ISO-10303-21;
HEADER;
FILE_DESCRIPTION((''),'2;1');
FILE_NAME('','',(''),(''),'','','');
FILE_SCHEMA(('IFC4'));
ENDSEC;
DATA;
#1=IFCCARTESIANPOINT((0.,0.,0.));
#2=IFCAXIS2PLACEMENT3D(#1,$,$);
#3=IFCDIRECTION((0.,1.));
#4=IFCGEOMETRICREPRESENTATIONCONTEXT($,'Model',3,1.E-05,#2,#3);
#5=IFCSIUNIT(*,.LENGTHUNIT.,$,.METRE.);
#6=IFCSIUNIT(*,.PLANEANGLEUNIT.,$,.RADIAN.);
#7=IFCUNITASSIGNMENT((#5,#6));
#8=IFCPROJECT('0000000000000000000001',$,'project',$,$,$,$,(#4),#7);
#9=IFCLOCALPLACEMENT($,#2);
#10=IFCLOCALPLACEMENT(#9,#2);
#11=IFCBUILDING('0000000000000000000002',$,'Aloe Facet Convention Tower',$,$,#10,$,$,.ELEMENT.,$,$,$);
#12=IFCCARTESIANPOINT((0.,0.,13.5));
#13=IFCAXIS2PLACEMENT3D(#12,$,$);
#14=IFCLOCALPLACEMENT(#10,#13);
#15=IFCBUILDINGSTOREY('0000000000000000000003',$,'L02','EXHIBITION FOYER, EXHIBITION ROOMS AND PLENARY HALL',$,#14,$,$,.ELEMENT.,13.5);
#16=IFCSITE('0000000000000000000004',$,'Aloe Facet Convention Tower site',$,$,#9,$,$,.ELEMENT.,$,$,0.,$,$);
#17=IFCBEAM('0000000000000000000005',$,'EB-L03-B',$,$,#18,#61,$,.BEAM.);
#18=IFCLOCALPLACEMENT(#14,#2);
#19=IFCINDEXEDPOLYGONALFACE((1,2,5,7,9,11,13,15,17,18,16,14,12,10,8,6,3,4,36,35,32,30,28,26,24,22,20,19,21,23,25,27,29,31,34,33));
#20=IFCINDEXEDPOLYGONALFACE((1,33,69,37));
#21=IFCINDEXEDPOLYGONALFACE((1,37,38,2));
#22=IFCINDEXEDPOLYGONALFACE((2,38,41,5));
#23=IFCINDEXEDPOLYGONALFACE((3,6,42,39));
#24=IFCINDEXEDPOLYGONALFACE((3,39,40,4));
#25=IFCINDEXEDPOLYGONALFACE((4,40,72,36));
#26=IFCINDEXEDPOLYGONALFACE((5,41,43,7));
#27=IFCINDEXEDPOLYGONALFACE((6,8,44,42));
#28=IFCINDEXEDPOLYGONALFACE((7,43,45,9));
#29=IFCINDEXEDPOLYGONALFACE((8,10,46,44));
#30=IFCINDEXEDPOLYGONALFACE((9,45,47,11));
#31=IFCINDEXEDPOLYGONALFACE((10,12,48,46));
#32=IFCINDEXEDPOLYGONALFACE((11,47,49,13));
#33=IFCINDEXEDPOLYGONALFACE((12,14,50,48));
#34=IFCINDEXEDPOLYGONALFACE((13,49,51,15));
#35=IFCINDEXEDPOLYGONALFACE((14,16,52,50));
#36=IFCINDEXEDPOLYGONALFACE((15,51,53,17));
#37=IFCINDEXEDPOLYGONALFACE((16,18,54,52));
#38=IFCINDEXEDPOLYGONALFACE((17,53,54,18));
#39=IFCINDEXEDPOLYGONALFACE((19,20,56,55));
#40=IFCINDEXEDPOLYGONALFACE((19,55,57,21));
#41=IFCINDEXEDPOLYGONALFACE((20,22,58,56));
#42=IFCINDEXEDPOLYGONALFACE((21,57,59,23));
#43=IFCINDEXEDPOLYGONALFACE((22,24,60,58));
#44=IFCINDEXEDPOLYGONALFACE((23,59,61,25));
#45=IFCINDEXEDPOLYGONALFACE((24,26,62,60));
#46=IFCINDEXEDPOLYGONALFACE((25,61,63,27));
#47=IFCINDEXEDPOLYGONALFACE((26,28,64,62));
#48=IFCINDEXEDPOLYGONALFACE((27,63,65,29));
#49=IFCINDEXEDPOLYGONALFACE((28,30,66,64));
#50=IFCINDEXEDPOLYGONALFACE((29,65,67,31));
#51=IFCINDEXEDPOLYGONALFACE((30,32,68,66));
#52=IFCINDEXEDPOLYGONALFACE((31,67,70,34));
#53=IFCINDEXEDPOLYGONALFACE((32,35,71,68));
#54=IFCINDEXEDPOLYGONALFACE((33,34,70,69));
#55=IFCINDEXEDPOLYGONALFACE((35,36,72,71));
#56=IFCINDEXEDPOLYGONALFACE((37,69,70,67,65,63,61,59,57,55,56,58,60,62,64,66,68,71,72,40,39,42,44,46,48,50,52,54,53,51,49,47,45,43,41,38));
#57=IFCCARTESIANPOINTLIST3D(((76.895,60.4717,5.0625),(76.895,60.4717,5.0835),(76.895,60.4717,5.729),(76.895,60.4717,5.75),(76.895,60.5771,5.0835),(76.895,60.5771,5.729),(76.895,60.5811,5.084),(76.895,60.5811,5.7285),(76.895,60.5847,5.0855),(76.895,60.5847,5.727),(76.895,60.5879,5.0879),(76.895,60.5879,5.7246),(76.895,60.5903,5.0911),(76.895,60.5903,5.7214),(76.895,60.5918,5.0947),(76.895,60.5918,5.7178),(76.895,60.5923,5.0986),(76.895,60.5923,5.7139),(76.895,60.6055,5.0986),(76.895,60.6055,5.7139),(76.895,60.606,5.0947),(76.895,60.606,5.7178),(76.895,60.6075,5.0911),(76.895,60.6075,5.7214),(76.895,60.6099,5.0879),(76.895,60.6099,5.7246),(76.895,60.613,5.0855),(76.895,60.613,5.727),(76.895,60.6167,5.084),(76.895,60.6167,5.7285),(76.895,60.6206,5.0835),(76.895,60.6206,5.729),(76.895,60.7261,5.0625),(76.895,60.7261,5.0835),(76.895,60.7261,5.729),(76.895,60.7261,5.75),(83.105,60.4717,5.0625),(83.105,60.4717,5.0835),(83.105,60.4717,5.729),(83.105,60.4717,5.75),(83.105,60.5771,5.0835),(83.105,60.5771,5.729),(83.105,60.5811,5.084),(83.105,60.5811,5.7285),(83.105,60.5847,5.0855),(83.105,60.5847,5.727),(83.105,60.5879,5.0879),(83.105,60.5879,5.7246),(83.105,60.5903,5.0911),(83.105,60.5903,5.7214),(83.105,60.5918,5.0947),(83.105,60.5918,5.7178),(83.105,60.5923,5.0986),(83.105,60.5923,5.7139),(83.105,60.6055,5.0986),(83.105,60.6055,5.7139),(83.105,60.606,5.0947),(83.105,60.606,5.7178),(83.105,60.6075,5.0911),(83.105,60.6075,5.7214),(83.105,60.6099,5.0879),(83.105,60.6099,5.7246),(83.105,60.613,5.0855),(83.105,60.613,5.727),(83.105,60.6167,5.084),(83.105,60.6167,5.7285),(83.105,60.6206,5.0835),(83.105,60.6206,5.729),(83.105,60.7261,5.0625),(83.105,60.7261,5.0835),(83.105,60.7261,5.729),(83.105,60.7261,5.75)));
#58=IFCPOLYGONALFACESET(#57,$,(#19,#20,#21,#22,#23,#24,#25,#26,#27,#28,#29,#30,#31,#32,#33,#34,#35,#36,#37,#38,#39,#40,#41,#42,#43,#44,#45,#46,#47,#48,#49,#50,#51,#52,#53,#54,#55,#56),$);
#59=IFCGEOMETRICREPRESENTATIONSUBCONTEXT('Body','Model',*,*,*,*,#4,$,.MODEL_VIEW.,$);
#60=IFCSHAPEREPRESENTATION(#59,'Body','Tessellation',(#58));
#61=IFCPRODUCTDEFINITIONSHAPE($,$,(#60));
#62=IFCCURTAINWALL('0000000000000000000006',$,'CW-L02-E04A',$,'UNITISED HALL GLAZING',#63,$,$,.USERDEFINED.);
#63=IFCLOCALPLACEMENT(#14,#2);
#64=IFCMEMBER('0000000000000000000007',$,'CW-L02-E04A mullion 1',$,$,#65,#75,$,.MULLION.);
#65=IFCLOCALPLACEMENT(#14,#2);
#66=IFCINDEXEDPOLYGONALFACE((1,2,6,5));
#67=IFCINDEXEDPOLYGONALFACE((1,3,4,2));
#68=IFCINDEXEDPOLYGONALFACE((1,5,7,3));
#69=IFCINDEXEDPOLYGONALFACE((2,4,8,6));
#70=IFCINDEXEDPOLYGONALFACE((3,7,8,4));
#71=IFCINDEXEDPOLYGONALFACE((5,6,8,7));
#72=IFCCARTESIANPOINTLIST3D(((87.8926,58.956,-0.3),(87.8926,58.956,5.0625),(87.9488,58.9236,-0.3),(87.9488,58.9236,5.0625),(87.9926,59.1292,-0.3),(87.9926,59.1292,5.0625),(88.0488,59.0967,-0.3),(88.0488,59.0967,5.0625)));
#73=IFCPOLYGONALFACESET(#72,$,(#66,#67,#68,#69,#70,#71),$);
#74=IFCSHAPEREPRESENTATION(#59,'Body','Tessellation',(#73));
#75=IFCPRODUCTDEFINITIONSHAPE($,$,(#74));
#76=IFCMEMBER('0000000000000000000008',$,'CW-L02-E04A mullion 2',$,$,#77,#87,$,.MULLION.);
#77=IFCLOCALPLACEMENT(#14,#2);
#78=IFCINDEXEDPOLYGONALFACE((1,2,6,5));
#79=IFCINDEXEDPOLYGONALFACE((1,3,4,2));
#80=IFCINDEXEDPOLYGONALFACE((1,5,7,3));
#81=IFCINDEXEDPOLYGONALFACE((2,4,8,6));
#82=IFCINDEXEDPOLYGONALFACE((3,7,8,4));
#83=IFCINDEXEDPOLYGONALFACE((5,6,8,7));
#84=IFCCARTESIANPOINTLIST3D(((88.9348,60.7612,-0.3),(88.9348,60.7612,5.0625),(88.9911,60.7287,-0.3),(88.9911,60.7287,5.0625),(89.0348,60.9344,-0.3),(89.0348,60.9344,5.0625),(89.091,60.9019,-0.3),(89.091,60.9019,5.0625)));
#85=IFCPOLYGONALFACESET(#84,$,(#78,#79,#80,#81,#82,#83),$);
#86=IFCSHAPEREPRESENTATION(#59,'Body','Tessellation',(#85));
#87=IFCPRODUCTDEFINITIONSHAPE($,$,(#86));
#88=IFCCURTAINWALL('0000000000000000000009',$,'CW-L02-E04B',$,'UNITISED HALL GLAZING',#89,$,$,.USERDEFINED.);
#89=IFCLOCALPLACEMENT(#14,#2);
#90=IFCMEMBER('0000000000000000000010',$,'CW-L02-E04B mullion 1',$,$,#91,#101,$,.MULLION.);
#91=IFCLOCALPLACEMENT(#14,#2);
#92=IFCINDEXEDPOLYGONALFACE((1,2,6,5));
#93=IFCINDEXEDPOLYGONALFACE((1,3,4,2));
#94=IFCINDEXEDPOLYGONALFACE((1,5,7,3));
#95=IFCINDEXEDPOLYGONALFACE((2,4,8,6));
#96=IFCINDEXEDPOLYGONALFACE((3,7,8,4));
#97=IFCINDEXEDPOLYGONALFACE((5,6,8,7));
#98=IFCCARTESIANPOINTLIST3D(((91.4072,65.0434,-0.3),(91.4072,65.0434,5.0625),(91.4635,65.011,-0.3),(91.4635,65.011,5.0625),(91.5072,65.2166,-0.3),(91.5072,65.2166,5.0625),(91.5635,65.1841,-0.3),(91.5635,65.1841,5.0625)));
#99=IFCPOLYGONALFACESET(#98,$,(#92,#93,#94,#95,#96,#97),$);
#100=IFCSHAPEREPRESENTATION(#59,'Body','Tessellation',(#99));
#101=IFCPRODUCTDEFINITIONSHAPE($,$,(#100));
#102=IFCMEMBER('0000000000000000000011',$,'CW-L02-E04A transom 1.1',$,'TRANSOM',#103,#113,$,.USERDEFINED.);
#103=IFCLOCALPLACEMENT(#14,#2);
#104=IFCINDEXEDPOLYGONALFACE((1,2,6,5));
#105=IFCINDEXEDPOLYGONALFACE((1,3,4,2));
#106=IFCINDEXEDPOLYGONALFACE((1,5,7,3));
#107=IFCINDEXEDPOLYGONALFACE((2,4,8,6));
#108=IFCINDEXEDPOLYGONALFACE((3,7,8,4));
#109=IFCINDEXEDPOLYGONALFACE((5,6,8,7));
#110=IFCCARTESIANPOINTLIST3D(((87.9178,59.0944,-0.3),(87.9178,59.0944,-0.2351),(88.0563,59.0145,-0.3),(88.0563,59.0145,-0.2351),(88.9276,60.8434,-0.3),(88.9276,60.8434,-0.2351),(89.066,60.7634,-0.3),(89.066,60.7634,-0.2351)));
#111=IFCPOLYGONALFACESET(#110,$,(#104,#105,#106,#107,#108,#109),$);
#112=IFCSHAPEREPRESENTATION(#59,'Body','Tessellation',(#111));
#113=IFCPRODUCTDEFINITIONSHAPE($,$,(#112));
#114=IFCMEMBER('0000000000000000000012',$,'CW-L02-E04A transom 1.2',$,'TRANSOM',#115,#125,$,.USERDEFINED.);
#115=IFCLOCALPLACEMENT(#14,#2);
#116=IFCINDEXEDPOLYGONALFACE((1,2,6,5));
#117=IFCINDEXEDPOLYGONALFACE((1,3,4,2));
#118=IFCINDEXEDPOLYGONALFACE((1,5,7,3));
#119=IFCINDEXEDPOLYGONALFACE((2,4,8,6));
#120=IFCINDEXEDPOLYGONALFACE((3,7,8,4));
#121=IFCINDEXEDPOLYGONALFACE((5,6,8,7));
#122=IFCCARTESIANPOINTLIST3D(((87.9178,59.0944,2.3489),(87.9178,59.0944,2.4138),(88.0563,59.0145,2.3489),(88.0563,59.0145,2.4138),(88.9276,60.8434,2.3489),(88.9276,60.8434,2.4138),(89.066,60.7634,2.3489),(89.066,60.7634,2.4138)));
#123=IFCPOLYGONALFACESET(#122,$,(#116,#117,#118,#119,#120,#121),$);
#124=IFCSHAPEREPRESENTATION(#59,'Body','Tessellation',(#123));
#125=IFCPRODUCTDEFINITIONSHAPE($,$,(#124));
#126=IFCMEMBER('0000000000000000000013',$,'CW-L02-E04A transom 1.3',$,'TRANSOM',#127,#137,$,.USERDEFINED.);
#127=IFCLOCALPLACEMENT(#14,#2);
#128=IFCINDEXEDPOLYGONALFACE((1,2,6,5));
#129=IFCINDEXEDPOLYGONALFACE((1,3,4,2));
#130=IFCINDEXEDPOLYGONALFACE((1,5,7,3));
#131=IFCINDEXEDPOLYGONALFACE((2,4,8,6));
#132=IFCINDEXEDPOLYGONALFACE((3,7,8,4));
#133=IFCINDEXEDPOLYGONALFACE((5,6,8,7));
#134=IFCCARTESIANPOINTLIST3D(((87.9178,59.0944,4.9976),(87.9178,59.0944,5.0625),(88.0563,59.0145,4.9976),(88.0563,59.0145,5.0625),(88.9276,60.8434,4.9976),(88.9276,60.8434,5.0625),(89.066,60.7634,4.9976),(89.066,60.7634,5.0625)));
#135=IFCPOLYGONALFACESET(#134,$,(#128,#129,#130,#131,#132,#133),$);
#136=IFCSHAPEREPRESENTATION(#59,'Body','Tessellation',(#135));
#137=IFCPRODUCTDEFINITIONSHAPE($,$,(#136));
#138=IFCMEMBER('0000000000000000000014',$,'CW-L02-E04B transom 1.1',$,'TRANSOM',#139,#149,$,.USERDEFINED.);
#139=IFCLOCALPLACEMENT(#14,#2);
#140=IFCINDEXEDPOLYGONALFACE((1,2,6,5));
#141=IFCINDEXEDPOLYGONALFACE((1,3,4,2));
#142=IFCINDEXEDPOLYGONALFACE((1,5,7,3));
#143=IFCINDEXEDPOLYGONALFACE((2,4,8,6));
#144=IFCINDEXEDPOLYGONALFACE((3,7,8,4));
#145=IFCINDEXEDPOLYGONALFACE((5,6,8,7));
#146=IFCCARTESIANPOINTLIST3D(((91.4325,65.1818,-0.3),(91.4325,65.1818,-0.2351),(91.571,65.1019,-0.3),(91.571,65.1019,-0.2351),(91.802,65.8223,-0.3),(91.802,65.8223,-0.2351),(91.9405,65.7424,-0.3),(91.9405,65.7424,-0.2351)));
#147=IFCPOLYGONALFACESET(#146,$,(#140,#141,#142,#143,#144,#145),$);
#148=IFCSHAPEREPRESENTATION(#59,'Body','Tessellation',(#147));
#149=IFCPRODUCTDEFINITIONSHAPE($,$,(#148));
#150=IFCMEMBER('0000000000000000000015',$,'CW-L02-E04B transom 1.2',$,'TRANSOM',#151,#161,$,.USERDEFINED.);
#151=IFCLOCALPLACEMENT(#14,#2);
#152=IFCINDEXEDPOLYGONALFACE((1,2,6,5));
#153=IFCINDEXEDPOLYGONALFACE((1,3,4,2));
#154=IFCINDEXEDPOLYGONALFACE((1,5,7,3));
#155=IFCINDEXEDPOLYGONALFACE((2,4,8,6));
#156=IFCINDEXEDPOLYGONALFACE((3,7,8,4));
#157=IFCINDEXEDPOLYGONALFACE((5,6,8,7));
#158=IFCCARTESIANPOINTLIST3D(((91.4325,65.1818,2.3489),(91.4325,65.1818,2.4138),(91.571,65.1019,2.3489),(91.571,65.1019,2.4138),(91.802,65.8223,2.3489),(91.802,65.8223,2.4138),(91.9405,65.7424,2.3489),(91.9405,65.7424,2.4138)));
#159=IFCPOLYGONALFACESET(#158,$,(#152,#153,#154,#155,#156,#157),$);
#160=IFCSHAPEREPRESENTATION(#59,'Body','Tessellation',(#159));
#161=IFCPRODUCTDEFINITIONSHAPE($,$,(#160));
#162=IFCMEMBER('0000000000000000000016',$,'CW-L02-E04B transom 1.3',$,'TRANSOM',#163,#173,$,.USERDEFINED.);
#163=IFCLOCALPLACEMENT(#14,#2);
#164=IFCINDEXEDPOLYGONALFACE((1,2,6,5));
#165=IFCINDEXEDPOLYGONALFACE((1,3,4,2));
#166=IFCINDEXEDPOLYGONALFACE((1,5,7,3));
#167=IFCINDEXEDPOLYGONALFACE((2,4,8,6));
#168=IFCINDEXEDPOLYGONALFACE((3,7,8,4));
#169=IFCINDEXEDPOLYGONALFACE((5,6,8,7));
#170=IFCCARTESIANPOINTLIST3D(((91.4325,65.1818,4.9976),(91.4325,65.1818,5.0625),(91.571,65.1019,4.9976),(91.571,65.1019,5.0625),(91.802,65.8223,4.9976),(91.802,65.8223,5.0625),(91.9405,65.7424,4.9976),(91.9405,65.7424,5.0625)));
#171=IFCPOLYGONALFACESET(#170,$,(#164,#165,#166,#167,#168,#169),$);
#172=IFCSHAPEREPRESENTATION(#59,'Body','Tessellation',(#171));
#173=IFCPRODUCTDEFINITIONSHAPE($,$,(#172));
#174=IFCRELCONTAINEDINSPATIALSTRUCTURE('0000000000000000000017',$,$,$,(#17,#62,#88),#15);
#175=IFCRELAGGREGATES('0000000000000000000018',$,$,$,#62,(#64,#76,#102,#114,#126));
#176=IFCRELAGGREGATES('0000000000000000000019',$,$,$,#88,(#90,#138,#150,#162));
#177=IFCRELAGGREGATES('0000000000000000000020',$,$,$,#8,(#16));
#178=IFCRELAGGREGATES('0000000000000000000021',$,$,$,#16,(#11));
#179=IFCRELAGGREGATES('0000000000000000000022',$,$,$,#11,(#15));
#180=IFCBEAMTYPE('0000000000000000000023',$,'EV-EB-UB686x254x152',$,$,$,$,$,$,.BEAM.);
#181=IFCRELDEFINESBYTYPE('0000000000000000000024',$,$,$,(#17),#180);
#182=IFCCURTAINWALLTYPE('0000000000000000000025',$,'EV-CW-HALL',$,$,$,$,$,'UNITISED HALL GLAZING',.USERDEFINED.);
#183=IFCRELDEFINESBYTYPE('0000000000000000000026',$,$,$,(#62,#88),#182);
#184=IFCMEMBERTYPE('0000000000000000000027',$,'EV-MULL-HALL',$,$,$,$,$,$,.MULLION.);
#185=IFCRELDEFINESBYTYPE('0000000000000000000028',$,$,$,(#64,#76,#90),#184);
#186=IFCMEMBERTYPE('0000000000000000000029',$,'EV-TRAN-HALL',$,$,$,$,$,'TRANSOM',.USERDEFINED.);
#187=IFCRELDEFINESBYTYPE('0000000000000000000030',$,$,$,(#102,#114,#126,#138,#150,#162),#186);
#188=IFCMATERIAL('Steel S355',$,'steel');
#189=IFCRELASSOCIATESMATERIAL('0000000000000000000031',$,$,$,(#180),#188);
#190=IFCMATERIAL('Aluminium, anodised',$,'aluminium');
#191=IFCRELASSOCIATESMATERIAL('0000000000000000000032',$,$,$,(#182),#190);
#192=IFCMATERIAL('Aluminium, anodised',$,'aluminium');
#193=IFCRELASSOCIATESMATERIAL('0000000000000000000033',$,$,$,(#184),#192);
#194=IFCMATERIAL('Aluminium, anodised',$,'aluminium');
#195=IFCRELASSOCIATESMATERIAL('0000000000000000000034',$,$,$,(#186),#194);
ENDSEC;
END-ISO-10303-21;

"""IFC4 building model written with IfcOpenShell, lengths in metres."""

from ifc_helpers import new_model, si_unit, direction, frame, origin, origin_2d, place, context, subcontext, project, spatial, rectangle, i_section, extrude, material, material_profile, profile_set, type_object, element, aggregate, save


model = new_model("IFC4")

# Units and contexts
model_context = context("Model", 3, precision=1e-05, world=origin(), true_north=direction((0.0, 1.0)))
body_context = subcontext(model_context, "Body", "Model", "MODEL_VIEW")
ifc_project = project(units=[si_unit("LENGTHUNIT", "METRE"), si_unit("PLANEANGLEUNIT", "RADIAN")], contexts=[model_context])

# Site, building, storey
site_placement = place(None, origin())
site = spatial("IfcSite", under=ifc_project, at=site_placement, Name="Aloe Facet Convention Tower site", CompositionType="ELEMENT", RefElevation=0.0)
building_placement = place(site_placement, origin())
building = spatial("IfcBuilding", under=site, at=building_placement, Name="Aloe Facet Convention Tower", CompositionType="ELEMENT")
storey_placement = place(building_placement, frame((0.0, 0.0, 13.5)))
storey = spatial("IfcBuildingStorey", under=building, at=storey_placement, Name="L02", Description="EXHIBITION FOYER, EXHIBITION ROOMS AND PLENARY HALL", CompositionType="ELEMENT", Elevation=13.5)

# Beam
ifc_material_1 = material(Name="Steel S355", Category="steel")
ifc_material_profile_1 = material_profile(ifc_material_1, i_section(OverallWidth=0.2544, OverallDepth=0.6875, WebThickness=0.0132, FlangeThickness=0.021, FilletRadius=0.0151, at=origin_2d()), Name="UB 686x254x152")
ifc_profile_set_1 = profile_set([ifc_material_profile_1], Name="Steel S355")
beam_type_1 = type_object("IfcBeamType", Name="EV-EB-UB686x254x152", PredefinedType="BEAM", material=ifc_profile_set_1)
beam_1_placement = place(storey_placement, frame((76.895, 60.5989, 5.4062), z_axis=(1.0, 0.0, 0.0), x_axis=(0.0, 1.0, 0.0)))
element("IfcBeam", 1, at=beam_1_placement, inside=storey, type_object=beam_type_1, Name="EB-L03-B", PredefinedType="BEAM", context=body_context, shape_type="SweptSolid", body=[
    extrude(i_section(OverallWidth=0.2544, OverallDepth=0.6875, WebThickness=0.0132, FlangeThickness=0.021, FilletRadius=0.0151, at=origin_2d()), origin(), (0.0, 0.0, 1.0), 6.21),
])

# Curtain wall, members
ifc_material_2 = material(Name="Aluminium, anodised", Category="aluminium")
curtain_wall_type = type_object("IfcCurtainWallType", Name="EV-CW-HALL", ElementType="UNITISED HALL GLAZING", PredefinedType="USERDEFINED", material=ifc_material_2)
curtain_wall_1_placement = place(storey_placement, origin())
curtain_wall_1 = element("IfcCurtainWall", 2, at=curtain_wall_1_placement, inside=storey, type_object=curtain_wall_type, Name="CW-L02-E04A", ObjectType="UNITISED HALL GLAZING", PredefinedType="USERDEFINED")
ifc_material_3 = material(Name="Aluminium, anodised", Category="aluminium")
ifc_material_profile_2 = material_profile(ifc_material_3, rectangle(XDim=0.0649, YDim=0.2, at=origin_2d()), Name="AL 65x200")
ifc_profile_set_2 = profile_set([ifc_material_profile_2], Name="Aluminium, anodised")
member_type_1 = type_object("IfcMemberType", Name="EV-MULL-HALL", PredefinedType="MULLION", material=ifc_profile_set_2)
member_1_placement = place(storey_placement, frame((87.9707, 59.0264, -0.3), z_axis=(0.0, 0.0, 1.0), x_axis=(-0.866025, 0.5, 0.0)))
member_1 = element("IfcMember", 3, at=member_1_placement, type_object=member_type_1, Name="CW-L02-E04A mullion 1", PredefinedType="MULLION", context=body_context, shape_type="SweptSolid", body=[
    extrude(rectangle(XDim=0.0649, YDim=0.2, at=origin_2d()), origin(), (0.0, 0.0, 1.0), 5.3625),
])
member_2_placement = place(storey_placement, frame((89.0129, 60.8315, -0.3), z_axis=(0.0, 0.0, 1.0), x_axis=(-0.866025, 0.5, 0.0)))
member_2 = element("IfcMember", 4, at=member_2_placement, type_object=member_type_1, Name="CW-L02-E04A mullion 2", PredefinedType="MULLION", context=body_context, shape_type="SweptSolid", body=[
    extrude(rectangle(XDim=0.0649, YDim=0.2, at=origin_2d()), origin(), (0.0, 0.0, 1.0), 5.3625),
])

# Curtain wall, member
curtain_wall_2_placement = place(storey_placement, origin())
curtain_wall_2 = element("IfcCurtainWall", 5, at=curtain_wall_2_placement, inside=storey, type_object=curtain_wall_type, Name="CW-L02-E04B", ObjectType="UNITISED HALL GLAZING", PredefinedType="USERDEFINED")
member_3_placement = place(storey_placement, frame((91.4854, 65.1138, -0.3), z_axis=(0.0, 0.0, 1.0), x_axis=(-0.866025, 0.5, 0.0)))
member_3 = element("IfcMember", 6, at=member_3_placement, type_object=member_type_1, Name="CW-L02-E04B mullion 1", PredefinedType="MULLION", context=body_context, shape_type="SweptSolid", body=[
    extrude(rectangle(XDim=0.0649, YDim=0.2, at=origin_2d()), origin(), (0.0, 0.0, 1.0), 5.3625),
])

# Members
ifc_material_4 = material(Name="Aluminium, anodised", Category="aluminium")
ifc_material_profile_3 = material_profile(ifc_material_4, rectangle(XDim=0.1599, YDim=0.0649, at=origin_2d()), Name="AL 160x65")
ifc_profile_set_3 = profile_set([ifc_material_profile_3], Name="Aluminium, anodised")
member_type_2 = type_object("IfcMemberType", Name="EV-TRAN-HALL", ElementType="TRANSOM", PredefinedType="USERDEFINED", material=ifc_profile_set_3)
member_4_placement = place(storey_placement, frame((87.9871, 59.0544, -0.2676), z_axis=(0.499988, 0.866033, 0.0), x_axis=(-0.866033, 0.499988, 0.0)))
member_4 = element("IfcMember", 7, at=member_4_placement, type_object=member_type_2, Name="CW-L02-E04A transom 1.1", ObjectType="TRANSOM", PredefinedType="USERDEFINED", context=body_context, shape_type="SweptSolid", body=[
    extrude(rectangle(XDim=0.1599, YDim=0.0649, at=origin_2d()), origin(), (0.0, 0.0, 1.0), 2.0195),
])
member_5_placement = place(storey_placement, frame((87.9871, 59.0544, 2.3813), z_axis=(0.499988, 0.866033, 0.0), x_axis=(-0.866033, 0.499988, 0.0)))
member_5 = element("IfcMember", 8, at=member_5_placement, type_object=member_type_2, Name="CW-L02-E04A transom 1.2", ObjectType="TRANSOM", PredefinedType="USERDEFINED", context=body_context, shape_type="SweptSolid", body=[
    extrude(rectangle(XDim=0.1599, YDim=0.0649, at=origin_2d()), origin(), (0.0, 0.0, 1.0), 2.0195),
])
member_6_placement = place(storey_placement, frame((87.9871, 59.0544, 5.03), z_axis=(0.499988, 0.866033, 0.0), x_axis=(-0.866033, 0.499988, 0.0)))
member_6 = element("IfcMember", 9, at=member_6_placement, type_object=member_type_2, Name="CW-L02-E04A transom 1.3", ObjectType="TRANSOM", PredefinedType="USERDEFINED", context=body_context, shape_type="SweptSolid", body=[
    extrude(rectangle(XDim=0.1599, YDim=0.0649, at=origin_2d()), origin(), (0.0, 0.0, 1.0), 2.0195),
])
member_7_placement = place(storey_placement, frame((91.5017, 65.1418, -0.2676), z_axis=(0.499761, 0.866164, 0.0), x_axis=(-0.866164, 0.499761, 0.0)))
member_7 = element("IfcMember", 10, at=member_7_placement, type_object=member_type_2, Name="CW-L02-E04B transom 1.1", ObjectType="TRANSOM", PredefinedType="USERDEFINED", context=body_context, shape_type="SweptSolid", body=[
    extrude(rectangle(XDim=0.1599, YDim=0.0649, at=origin_2d()), origin(), (0.0, 0.0, 1.0), 0.7395),
])
member_8_placement = place(storey_placement, frame((91.5017, 65.1418, 2.3813), z_axis=(0.499761, 0.866164, 0.0), x_axis=(-0.866164, 0.499761, 0.0)))
member_8 = element("IfcMember", 11, at=member_8_placement, type_object=member_type_2, Name="CW-L02-E04B transom 1.2", ObjectType="TRANSOM", PredefinedType="USERDEFINED", context=body_context, shape_type="SweptSolid", body=[
    extrude(rectangle(XDim=0.1599, YDim=0.0649, at=origin_2d()), origin(), (0.0, 0.0, 1.0), 0.7395),
])
member_9_placement = place(storey_placement, frame((91.5017, 65.1418, 5.03), z_axis=(0.499761, 0.866164, 0.0), x_axis=(-0.866164, 0.499761, 0.0)))
member_9 = element("IfcMember", 12, at=member_9_placement, type_object=member_type_2, Name="CW-L02-E04B transom 1.3", ObjectType="TRANSOM", PredefinedType="USERDEFINED", context=body_context, shape_type="SweptSolid", body=[
    extrude(rectangle(XDim=0.1599, YDim=0.0649, at=origin_2d()), origin(), (0.0, 0.0, 1.0), 0.7395),
])

aggregate(curtain_wall_1, [member_1, member_2, member_4, member_5, member_6])
aggregate(curtain_wall_2, [member_3, member_7, member_8, member_9])

save(model, "model.ifc")
